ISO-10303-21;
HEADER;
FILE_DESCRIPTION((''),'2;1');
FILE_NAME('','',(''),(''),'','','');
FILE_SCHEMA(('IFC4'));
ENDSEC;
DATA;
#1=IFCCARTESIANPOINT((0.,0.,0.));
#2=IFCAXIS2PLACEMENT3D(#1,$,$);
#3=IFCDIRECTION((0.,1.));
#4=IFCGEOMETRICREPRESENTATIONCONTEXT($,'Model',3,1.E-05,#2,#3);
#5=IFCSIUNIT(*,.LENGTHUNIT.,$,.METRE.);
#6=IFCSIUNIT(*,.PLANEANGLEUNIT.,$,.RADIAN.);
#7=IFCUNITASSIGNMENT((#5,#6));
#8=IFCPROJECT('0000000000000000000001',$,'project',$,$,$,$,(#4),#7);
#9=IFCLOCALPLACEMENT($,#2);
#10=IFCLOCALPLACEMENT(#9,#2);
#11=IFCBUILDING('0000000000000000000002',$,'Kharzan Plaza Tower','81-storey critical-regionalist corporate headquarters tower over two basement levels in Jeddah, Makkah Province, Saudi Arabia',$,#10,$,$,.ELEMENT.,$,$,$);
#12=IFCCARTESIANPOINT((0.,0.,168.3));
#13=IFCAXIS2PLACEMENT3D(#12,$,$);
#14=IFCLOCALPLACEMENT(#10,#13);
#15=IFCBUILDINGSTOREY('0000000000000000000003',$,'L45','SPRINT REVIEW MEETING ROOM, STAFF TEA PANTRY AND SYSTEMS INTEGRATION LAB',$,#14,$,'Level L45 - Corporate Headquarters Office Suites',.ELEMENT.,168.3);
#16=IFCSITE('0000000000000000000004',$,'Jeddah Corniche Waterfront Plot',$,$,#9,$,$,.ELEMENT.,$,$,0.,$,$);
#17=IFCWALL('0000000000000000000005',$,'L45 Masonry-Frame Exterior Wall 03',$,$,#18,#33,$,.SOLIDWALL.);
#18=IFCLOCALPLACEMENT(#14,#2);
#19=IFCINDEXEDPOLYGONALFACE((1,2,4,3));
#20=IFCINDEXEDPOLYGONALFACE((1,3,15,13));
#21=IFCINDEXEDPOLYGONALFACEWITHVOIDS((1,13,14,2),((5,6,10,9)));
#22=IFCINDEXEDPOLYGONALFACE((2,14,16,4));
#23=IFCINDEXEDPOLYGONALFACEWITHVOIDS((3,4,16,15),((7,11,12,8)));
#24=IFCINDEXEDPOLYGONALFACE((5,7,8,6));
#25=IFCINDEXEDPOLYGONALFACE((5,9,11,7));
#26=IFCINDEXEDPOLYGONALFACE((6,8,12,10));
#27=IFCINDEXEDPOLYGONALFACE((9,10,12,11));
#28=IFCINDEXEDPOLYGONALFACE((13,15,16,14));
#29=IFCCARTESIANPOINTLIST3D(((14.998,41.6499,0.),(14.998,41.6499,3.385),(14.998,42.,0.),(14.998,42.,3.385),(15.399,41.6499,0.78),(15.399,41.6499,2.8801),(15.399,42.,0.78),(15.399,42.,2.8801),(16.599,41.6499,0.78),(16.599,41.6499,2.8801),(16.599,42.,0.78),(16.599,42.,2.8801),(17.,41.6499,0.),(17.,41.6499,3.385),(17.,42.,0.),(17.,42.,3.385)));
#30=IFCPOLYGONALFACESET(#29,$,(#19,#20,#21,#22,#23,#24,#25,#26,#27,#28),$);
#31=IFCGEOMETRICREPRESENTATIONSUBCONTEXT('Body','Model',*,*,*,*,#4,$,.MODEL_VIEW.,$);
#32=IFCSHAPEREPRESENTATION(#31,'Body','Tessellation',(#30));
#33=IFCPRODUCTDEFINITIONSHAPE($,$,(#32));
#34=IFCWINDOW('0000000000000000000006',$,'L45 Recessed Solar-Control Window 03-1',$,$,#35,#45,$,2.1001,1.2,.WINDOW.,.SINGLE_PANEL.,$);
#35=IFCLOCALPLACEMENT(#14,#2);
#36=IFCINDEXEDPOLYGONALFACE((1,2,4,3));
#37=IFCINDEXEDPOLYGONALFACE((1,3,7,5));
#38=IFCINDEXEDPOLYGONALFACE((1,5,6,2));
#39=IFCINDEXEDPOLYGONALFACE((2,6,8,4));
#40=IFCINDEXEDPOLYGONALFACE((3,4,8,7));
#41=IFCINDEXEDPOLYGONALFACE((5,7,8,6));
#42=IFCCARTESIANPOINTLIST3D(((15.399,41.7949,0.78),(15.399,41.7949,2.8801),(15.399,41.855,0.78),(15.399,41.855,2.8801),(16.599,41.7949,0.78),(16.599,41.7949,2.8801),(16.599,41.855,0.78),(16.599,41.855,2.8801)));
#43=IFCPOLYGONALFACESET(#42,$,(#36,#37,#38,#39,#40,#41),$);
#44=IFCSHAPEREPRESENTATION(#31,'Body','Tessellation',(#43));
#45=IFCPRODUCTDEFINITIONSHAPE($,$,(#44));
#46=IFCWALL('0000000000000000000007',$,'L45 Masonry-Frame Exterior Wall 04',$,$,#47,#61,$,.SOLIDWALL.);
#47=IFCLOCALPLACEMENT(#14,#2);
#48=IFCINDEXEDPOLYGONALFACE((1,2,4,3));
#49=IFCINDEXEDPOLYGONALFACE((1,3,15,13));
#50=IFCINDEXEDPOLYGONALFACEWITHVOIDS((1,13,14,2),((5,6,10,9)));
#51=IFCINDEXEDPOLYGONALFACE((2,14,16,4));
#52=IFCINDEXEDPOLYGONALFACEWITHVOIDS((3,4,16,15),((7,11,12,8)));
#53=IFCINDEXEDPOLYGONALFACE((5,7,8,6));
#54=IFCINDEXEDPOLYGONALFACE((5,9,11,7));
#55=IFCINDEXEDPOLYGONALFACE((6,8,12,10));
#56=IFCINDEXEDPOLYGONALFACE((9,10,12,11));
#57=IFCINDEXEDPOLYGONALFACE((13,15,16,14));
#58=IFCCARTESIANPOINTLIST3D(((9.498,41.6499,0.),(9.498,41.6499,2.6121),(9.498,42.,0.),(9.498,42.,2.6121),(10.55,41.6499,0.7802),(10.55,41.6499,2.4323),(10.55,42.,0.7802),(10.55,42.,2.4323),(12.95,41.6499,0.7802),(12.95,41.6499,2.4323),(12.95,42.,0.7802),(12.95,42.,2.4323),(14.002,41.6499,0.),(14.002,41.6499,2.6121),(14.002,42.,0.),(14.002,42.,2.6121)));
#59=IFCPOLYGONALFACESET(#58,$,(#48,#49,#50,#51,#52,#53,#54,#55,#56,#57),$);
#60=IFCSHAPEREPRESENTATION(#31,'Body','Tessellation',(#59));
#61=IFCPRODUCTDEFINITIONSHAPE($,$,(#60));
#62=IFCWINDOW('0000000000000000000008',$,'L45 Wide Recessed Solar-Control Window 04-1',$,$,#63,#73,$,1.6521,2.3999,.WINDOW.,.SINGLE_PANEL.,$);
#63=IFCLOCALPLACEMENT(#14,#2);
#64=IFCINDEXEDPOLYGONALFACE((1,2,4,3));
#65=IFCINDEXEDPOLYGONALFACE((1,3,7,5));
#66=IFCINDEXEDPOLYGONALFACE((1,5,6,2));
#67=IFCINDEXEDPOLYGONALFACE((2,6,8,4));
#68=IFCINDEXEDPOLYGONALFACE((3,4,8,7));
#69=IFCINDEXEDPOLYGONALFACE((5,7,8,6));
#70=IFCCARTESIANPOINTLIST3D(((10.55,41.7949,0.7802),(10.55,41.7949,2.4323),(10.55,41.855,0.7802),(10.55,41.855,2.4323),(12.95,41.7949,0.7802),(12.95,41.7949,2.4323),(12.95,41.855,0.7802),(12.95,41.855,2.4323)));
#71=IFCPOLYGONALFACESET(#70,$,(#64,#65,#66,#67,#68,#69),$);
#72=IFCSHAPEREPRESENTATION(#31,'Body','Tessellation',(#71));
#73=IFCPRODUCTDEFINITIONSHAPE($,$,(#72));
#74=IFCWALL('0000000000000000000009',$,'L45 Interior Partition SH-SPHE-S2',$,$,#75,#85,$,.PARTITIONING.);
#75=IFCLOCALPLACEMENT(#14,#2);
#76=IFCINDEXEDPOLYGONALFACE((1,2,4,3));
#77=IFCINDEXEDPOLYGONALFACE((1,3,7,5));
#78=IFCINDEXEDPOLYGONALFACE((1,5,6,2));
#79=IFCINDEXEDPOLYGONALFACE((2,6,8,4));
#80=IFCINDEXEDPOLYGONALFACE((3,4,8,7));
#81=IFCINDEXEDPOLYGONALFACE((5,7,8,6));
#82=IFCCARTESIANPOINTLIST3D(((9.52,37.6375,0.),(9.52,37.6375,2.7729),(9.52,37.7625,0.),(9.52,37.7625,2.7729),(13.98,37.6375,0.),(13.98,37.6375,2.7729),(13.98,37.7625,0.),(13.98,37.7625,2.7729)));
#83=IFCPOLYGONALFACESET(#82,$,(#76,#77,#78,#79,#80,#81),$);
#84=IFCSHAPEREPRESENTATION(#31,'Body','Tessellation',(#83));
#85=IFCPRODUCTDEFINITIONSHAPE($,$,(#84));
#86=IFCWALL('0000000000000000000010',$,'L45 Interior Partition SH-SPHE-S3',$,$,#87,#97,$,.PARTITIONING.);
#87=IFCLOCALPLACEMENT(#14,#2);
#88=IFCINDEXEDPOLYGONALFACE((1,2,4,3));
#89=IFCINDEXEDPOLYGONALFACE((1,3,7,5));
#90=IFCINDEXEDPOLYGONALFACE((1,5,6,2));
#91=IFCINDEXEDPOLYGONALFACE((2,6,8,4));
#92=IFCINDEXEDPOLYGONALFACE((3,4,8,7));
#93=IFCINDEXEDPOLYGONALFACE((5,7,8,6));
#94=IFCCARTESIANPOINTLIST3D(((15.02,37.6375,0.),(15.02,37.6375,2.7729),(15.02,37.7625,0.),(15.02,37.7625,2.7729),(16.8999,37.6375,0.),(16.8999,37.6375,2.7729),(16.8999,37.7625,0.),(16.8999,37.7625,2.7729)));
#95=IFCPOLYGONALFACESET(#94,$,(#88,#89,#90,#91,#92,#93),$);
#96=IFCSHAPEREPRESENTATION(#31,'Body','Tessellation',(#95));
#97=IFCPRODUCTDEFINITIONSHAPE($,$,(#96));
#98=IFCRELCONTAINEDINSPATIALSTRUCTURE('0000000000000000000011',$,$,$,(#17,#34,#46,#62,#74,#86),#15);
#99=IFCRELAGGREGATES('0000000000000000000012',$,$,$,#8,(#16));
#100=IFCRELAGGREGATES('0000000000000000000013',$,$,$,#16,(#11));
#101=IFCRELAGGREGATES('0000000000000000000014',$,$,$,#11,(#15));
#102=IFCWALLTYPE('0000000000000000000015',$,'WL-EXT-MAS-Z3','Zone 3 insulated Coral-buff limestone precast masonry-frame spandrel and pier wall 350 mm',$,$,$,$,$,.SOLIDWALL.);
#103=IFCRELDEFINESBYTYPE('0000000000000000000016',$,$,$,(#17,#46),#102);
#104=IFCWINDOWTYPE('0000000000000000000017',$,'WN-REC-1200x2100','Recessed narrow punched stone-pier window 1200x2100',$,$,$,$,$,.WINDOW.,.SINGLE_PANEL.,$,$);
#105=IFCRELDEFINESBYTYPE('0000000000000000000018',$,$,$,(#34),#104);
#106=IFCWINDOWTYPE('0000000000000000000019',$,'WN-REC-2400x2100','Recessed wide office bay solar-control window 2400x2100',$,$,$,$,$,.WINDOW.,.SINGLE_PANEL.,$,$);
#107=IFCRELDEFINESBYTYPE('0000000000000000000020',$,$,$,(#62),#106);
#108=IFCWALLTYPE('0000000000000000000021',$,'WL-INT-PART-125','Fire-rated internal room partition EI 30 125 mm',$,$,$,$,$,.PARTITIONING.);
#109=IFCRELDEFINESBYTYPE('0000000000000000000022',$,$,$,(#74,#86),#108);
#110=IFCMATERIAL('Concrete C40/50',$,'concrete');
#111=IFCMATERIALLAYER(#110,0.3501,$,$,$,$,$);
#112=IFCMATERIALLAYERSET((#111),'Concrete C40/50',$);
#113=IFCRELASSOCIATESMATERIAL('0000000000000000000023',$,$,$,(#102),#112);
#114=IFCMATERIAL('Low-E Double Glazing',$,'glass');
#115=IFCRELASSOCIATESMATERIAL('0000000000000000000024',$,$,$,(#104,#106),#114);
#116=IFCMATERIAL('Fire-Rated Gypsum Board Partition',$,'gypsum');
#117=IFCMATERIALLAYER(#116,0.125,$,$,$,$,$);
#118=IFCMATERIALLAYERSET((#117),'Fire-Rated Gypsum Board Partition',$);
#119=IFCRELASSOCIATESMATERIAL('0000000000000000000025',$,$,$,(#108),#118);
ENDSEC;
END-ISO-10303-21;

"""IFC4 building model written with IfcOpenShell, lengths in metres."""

from ifc_helpers import new_model, si_unit, direction, frame, frame_2d, origin, place, context, subcontext, project, spatial, rectangle, extrude, source, transform, mapped, material, layer, layer_set, type_object, element, fill, save


model = new_model("IFC4")

# Units and contexts
model_context = context("Model", 3, precision=1e-05, world=origin(), true_north=direction((0.0, 1.0)))
body_context = subcontext(model_context, "Body", "Model", "MODEL_VIEW")
ifc_project = project(units=[si_unit("LENGTHUNIT", "METRE"), si_unit("PLANEANGLEUNIT", "RADIAN")], contexts=[model_context])

# Site, building, storey
site_placement = place(None, origin())
site = spatial("IfcSite", under=ifc_project, at=site_placement, Name="Jeddah Corniche Waterfront Plot", CompositionType="ELEMENT", RefElevation=0.0)
building_placement = place(site_placement, origin())
building = spatial("IfcBuilding", under=site, at=building_placement, Name="Kharzan Plaza Tower", Description="81-storey critical-regionalist corporate headquarters tower over two basement levels in Jeddah, Makkah Province, Saudi Arabia", CompositionType="ELEMENT")
storey_placement = place(building_placement, frame((0.0, 0.0, 168.3)))
storey = spatial("IfcBuildingStorey", under=building, at=storey_placement, Name="L45", Description="SPRINT REVIEW MEETING ROOM, STAFF TEA PANTRY AND SYSTEMS INTEGRATION LAB", LongName="Level L45 - Corporate Headquarters Office Suites", CompositionType="ELEMENT", Elevation=168.3)

# Walls, openings, windows
ifc_material_1 = material(Name="Concrete C40/50", Category="concrete")
ifc_layer_1 = layer(ifc_material_1, 0.3501)
ifc_layer_set_1 = layer_set([ifc_layer_1], Name="Concrete C40/50")
wall_type_1 = type_object("IfcWallType", Name="WL-EXT-MAS-Z3", Description="Zone 3 insulated Coral-buff limestone precast masonry-frame spandrel and pier wall 350 mm", PredefinedType="SOLIDWALL", material=ifc_layer_set_1)
ifc_material_2 = material(Name="Low-E Double Glazing", Category="glass")
window_type_1 = type_object("IfcWindowType", Name="WN-REC-1200x2100", Description="Recessed narrow punched stone-pier window 1200x2100", PartitioningType="SINGLE_PANEL", PredefinedType="WINDOW", material=ifc_material_2)
shared_shape_1 = source(origin(), body_context, "Body", "SweptSolid", [
    extrude(rectangle(XDim=1.2, YDim=2.1001, at=frame_2d((0.6001, 1.05))), frame((0.0, 0.03, 0.0), z_axis=(0.0, -1.0, 0.0), x_axis=(1.0, 0.0, 0.0)), (0.0, 0.0, 1.0), 0.0601),
])
wall_1_placement = place(storey_placement, frame((17.0, 41.825, 0.0), z_axis=(0.0, 0.0, 1.0), x_axis=(-1.0, 0.0, 0.0)))
wall_1 = element("IfcWall", 1, at=wall_1_placement, inside=storey, type_object=wall_type_1, Name="L45 Masonry-Frame Exterior Wall 03", PredefinedType="SOLIDWALL", context=body_context, shape_type="SweptSolid", body=[
    extrude(rectangle(XDim=2.002, YDim=0.3501, at=frame_2d((1.001, 0.0))), origin(), (0.0, 0.0, 1.0), 3.385),
])
opening_1_placement = place(wall_1_placement, frame((0.4009, 0.0, 0.78)))
opening_1 = element("IfcOpeningElement", 2, at=opening_1_placement, cuts=wall_1, PredefinedType="OPENING", context=body_context, shape_type="SweptSolid", body=[
    extrude(rectangle(XDim=1.2, YDim=2.1001, at=frame_2d((0.6001, 1.05))), frame((0.0, 0.1851, 0.0), z_axis=(0.0, -1.0, 0.0), x_axis=(1.0, 0.0, 0.0)), (0.0, 0.0, 1.0), 0.3701),
])
window_1_placement = place(opening_1_placement, origin())
window_1 = element("IfcWindow", 3, at=window_1_placement, inside=storey, type_object=window_type_1, Name="L45 Recessed Solar-Control Window 03-1", OverallHeight=2.1001, OverallWidth=1.2, PartitioningType="SINGLE_PANEL", PredefinedType="WINDOW", context=body_context, shape_type="MappedRepresentation", body=[
    mapped(shared_shape_1, transform((0.0, 0.0, 0.0), x_axis=(1.0, 0.0, 0.0), y_axis=(0.0, 1.0, 0.0), z_axis=(0.0, 0.0, 1.0))),
])
fill(opening_1, window_1)
wall_2_placement = place(storey_placement, frame((14.002, 41.825, 0.0), z_axis=(0.0, 0.0, 1.0), x_axis=(-1.0, 0.0, 0.0)))
wall_2 = element("IfcWall", 4, at=wall_2_placement, inside=storey, type_object=wall_type_1, Name="L45 Masonry-Frame Exterior Wall 04", PredefinedType="SOLIDWALL", context=body_context, shape_type="SweptSolid", body=[
    extrude(rectangle(XDim=4.5039, YDim=0.3501, at=frame_2d((2.252, 0.0))), origin(), (0.0, 0.0, 1.0), 2.6121),
])
opening_2_placement = place(wall_2_placement, frame((1.052, 0.0, 0.78)))
opening_2 = element("IfcOpeningElement", 5, at=opening_2_placement, cuts=wall_2, PredefinedType="OPENING", context=body_context, shape_type="SweptSolid", body=[
    extrude(rectangle(XDim=2.3999, YDim=1.6521, at=frame_2d((1.2, 0.8262))), frame((0.0, 0.1851, 0.0), z_axis=(0.0, -1.0, 0.0), x_axis=(1.0, 0.0, 0.0)), (0.0, 0.0, 1.0), 0.3701),
])
window_type_2 = type_object("IfcWindowType", Name="WN-REC-2400x2100", Description="Recessed wide office bay solar-control window 2400x2100", PartitioningType="SINGLE_PANEL", PredefinedType="WINDOW", material=ifc_material_2)
shared_shape_2 = source(origin(), body_context, "Body", "SweptSolid", [
    extrude(rectangle(XDim=2.3999, YDim=1.6521, at=frame_2d((1.2, 0.8262))), frame((0.0, 0.03, 0.0), z_axis=(0.0, -1.0, 0.0), x_axis=(1.0, 0.0, 0.0)), (0.0, 0.0, 1.0), 0.0601),
])
window_2_placement = place(opening_2_placement, origin())
window_2 = element("IfcWindow", 6, at=window_2_placement, inside=storey, type_object=window_type_2, Name="L45 Wide Recessed Solar-Control Window 04-1", OverallHeight=1.6521, OverallWidth=2.3999, PartitioningType="SINGLE_PANEL", PredefinedType="WINDOW", context=body_context, shape_type="MappedRepresentation", body=[
    mapped(shared_shape_2, transform((0.0, 0.0, 0.0), x_axis=(1.0, 0.0, 0.0), y_axis=(0.0, 1.0, 0.0), z_axis=(0.0, 0.0, 1.0))),
])
fill(opening_2, window_2)

# Walls
ifc_material_3 = material(Name="Fire-Rated Gypsum Board Partition", Category="gypsum")
ifc_layer_2 = layer(ifc_material_3, 0.125)
ifc_layer_set_2 = layer_set([ifc_layer_2], Name="Fire-Rated Gypsum Board Partition")
wall_type_2 = type_object("IfcWallType", Name="WL-INT-PART-125", Description="Fire-rated internal room partition EI 30 125 mm", PredefinedType="PARTITIONING", material=ifc_layer_set_2)
shared_shape_3 = source(origin(), body_context, "Body", "SweptSolid", [
    extrude(rectangle(XDim=4.46, YDim=0.125, at=frame_2d((2.23, 0.0))), origin(), (0.0, 0.0, 1.0), 2.7729),
])
wall_3_placement = place(storey_placement, frame((9.52, 37.7, 0.0), z_axis=(0.0, 0.0, 1.0), x_axis=(1.0, 0.0, 0.0)))
element("IfcWall", 7, at=wall_3_placement, inside=storey, type_object=wall_type_2, Name="L45 Interior Partition SH-SPHE-S2", PredefinedType="PARTITIONING", context=body_context, shape_type="MappedRepresentation", body=[
    mapped(shared_shape_3, transform((0.0, 0.0, 0.0), x_axis=(1.0, 0.0, 0.0), y_axis=(0.0, 1.0, 0.0), z_axis=(0.0, 0.0, 1.0))),
])
shared_shape_4 = source(origin(), body_context, "Body", "SweptSolid", [
    extrude(rectangle(XDim=1.8799, YDim=0.125, at=frame_2d((0.9399, 0.0))), origin(), (0.0, 0.0, 1.0), 2.7729),
])
wall_4_placement = place(storey_placement, frame((15.02, 37.7, 0.0), z_axis=(0.0, 0.0, 1.0), x_axis=(1.0, 0.0, 0.0)))
element("IfcWall", 8, at=wall_4_placement, inside=storey, type_object=wall_type_2, Name="L45 Interior Partition SH-SPHE-S3", PredefinedType="PARTITIONING", context=body_context, shape_type="MappedRepresentation", body=[
    mapped(shared_shape_4, transform((0.0, 0.0, 0.0), x_axis=(1.0, 0.0, 0.0), y_axis=(0.0, 1.0, 0.0), z_axis=(0.0, 0.0, 1.0))),
])

save(model, "model.ifc")
